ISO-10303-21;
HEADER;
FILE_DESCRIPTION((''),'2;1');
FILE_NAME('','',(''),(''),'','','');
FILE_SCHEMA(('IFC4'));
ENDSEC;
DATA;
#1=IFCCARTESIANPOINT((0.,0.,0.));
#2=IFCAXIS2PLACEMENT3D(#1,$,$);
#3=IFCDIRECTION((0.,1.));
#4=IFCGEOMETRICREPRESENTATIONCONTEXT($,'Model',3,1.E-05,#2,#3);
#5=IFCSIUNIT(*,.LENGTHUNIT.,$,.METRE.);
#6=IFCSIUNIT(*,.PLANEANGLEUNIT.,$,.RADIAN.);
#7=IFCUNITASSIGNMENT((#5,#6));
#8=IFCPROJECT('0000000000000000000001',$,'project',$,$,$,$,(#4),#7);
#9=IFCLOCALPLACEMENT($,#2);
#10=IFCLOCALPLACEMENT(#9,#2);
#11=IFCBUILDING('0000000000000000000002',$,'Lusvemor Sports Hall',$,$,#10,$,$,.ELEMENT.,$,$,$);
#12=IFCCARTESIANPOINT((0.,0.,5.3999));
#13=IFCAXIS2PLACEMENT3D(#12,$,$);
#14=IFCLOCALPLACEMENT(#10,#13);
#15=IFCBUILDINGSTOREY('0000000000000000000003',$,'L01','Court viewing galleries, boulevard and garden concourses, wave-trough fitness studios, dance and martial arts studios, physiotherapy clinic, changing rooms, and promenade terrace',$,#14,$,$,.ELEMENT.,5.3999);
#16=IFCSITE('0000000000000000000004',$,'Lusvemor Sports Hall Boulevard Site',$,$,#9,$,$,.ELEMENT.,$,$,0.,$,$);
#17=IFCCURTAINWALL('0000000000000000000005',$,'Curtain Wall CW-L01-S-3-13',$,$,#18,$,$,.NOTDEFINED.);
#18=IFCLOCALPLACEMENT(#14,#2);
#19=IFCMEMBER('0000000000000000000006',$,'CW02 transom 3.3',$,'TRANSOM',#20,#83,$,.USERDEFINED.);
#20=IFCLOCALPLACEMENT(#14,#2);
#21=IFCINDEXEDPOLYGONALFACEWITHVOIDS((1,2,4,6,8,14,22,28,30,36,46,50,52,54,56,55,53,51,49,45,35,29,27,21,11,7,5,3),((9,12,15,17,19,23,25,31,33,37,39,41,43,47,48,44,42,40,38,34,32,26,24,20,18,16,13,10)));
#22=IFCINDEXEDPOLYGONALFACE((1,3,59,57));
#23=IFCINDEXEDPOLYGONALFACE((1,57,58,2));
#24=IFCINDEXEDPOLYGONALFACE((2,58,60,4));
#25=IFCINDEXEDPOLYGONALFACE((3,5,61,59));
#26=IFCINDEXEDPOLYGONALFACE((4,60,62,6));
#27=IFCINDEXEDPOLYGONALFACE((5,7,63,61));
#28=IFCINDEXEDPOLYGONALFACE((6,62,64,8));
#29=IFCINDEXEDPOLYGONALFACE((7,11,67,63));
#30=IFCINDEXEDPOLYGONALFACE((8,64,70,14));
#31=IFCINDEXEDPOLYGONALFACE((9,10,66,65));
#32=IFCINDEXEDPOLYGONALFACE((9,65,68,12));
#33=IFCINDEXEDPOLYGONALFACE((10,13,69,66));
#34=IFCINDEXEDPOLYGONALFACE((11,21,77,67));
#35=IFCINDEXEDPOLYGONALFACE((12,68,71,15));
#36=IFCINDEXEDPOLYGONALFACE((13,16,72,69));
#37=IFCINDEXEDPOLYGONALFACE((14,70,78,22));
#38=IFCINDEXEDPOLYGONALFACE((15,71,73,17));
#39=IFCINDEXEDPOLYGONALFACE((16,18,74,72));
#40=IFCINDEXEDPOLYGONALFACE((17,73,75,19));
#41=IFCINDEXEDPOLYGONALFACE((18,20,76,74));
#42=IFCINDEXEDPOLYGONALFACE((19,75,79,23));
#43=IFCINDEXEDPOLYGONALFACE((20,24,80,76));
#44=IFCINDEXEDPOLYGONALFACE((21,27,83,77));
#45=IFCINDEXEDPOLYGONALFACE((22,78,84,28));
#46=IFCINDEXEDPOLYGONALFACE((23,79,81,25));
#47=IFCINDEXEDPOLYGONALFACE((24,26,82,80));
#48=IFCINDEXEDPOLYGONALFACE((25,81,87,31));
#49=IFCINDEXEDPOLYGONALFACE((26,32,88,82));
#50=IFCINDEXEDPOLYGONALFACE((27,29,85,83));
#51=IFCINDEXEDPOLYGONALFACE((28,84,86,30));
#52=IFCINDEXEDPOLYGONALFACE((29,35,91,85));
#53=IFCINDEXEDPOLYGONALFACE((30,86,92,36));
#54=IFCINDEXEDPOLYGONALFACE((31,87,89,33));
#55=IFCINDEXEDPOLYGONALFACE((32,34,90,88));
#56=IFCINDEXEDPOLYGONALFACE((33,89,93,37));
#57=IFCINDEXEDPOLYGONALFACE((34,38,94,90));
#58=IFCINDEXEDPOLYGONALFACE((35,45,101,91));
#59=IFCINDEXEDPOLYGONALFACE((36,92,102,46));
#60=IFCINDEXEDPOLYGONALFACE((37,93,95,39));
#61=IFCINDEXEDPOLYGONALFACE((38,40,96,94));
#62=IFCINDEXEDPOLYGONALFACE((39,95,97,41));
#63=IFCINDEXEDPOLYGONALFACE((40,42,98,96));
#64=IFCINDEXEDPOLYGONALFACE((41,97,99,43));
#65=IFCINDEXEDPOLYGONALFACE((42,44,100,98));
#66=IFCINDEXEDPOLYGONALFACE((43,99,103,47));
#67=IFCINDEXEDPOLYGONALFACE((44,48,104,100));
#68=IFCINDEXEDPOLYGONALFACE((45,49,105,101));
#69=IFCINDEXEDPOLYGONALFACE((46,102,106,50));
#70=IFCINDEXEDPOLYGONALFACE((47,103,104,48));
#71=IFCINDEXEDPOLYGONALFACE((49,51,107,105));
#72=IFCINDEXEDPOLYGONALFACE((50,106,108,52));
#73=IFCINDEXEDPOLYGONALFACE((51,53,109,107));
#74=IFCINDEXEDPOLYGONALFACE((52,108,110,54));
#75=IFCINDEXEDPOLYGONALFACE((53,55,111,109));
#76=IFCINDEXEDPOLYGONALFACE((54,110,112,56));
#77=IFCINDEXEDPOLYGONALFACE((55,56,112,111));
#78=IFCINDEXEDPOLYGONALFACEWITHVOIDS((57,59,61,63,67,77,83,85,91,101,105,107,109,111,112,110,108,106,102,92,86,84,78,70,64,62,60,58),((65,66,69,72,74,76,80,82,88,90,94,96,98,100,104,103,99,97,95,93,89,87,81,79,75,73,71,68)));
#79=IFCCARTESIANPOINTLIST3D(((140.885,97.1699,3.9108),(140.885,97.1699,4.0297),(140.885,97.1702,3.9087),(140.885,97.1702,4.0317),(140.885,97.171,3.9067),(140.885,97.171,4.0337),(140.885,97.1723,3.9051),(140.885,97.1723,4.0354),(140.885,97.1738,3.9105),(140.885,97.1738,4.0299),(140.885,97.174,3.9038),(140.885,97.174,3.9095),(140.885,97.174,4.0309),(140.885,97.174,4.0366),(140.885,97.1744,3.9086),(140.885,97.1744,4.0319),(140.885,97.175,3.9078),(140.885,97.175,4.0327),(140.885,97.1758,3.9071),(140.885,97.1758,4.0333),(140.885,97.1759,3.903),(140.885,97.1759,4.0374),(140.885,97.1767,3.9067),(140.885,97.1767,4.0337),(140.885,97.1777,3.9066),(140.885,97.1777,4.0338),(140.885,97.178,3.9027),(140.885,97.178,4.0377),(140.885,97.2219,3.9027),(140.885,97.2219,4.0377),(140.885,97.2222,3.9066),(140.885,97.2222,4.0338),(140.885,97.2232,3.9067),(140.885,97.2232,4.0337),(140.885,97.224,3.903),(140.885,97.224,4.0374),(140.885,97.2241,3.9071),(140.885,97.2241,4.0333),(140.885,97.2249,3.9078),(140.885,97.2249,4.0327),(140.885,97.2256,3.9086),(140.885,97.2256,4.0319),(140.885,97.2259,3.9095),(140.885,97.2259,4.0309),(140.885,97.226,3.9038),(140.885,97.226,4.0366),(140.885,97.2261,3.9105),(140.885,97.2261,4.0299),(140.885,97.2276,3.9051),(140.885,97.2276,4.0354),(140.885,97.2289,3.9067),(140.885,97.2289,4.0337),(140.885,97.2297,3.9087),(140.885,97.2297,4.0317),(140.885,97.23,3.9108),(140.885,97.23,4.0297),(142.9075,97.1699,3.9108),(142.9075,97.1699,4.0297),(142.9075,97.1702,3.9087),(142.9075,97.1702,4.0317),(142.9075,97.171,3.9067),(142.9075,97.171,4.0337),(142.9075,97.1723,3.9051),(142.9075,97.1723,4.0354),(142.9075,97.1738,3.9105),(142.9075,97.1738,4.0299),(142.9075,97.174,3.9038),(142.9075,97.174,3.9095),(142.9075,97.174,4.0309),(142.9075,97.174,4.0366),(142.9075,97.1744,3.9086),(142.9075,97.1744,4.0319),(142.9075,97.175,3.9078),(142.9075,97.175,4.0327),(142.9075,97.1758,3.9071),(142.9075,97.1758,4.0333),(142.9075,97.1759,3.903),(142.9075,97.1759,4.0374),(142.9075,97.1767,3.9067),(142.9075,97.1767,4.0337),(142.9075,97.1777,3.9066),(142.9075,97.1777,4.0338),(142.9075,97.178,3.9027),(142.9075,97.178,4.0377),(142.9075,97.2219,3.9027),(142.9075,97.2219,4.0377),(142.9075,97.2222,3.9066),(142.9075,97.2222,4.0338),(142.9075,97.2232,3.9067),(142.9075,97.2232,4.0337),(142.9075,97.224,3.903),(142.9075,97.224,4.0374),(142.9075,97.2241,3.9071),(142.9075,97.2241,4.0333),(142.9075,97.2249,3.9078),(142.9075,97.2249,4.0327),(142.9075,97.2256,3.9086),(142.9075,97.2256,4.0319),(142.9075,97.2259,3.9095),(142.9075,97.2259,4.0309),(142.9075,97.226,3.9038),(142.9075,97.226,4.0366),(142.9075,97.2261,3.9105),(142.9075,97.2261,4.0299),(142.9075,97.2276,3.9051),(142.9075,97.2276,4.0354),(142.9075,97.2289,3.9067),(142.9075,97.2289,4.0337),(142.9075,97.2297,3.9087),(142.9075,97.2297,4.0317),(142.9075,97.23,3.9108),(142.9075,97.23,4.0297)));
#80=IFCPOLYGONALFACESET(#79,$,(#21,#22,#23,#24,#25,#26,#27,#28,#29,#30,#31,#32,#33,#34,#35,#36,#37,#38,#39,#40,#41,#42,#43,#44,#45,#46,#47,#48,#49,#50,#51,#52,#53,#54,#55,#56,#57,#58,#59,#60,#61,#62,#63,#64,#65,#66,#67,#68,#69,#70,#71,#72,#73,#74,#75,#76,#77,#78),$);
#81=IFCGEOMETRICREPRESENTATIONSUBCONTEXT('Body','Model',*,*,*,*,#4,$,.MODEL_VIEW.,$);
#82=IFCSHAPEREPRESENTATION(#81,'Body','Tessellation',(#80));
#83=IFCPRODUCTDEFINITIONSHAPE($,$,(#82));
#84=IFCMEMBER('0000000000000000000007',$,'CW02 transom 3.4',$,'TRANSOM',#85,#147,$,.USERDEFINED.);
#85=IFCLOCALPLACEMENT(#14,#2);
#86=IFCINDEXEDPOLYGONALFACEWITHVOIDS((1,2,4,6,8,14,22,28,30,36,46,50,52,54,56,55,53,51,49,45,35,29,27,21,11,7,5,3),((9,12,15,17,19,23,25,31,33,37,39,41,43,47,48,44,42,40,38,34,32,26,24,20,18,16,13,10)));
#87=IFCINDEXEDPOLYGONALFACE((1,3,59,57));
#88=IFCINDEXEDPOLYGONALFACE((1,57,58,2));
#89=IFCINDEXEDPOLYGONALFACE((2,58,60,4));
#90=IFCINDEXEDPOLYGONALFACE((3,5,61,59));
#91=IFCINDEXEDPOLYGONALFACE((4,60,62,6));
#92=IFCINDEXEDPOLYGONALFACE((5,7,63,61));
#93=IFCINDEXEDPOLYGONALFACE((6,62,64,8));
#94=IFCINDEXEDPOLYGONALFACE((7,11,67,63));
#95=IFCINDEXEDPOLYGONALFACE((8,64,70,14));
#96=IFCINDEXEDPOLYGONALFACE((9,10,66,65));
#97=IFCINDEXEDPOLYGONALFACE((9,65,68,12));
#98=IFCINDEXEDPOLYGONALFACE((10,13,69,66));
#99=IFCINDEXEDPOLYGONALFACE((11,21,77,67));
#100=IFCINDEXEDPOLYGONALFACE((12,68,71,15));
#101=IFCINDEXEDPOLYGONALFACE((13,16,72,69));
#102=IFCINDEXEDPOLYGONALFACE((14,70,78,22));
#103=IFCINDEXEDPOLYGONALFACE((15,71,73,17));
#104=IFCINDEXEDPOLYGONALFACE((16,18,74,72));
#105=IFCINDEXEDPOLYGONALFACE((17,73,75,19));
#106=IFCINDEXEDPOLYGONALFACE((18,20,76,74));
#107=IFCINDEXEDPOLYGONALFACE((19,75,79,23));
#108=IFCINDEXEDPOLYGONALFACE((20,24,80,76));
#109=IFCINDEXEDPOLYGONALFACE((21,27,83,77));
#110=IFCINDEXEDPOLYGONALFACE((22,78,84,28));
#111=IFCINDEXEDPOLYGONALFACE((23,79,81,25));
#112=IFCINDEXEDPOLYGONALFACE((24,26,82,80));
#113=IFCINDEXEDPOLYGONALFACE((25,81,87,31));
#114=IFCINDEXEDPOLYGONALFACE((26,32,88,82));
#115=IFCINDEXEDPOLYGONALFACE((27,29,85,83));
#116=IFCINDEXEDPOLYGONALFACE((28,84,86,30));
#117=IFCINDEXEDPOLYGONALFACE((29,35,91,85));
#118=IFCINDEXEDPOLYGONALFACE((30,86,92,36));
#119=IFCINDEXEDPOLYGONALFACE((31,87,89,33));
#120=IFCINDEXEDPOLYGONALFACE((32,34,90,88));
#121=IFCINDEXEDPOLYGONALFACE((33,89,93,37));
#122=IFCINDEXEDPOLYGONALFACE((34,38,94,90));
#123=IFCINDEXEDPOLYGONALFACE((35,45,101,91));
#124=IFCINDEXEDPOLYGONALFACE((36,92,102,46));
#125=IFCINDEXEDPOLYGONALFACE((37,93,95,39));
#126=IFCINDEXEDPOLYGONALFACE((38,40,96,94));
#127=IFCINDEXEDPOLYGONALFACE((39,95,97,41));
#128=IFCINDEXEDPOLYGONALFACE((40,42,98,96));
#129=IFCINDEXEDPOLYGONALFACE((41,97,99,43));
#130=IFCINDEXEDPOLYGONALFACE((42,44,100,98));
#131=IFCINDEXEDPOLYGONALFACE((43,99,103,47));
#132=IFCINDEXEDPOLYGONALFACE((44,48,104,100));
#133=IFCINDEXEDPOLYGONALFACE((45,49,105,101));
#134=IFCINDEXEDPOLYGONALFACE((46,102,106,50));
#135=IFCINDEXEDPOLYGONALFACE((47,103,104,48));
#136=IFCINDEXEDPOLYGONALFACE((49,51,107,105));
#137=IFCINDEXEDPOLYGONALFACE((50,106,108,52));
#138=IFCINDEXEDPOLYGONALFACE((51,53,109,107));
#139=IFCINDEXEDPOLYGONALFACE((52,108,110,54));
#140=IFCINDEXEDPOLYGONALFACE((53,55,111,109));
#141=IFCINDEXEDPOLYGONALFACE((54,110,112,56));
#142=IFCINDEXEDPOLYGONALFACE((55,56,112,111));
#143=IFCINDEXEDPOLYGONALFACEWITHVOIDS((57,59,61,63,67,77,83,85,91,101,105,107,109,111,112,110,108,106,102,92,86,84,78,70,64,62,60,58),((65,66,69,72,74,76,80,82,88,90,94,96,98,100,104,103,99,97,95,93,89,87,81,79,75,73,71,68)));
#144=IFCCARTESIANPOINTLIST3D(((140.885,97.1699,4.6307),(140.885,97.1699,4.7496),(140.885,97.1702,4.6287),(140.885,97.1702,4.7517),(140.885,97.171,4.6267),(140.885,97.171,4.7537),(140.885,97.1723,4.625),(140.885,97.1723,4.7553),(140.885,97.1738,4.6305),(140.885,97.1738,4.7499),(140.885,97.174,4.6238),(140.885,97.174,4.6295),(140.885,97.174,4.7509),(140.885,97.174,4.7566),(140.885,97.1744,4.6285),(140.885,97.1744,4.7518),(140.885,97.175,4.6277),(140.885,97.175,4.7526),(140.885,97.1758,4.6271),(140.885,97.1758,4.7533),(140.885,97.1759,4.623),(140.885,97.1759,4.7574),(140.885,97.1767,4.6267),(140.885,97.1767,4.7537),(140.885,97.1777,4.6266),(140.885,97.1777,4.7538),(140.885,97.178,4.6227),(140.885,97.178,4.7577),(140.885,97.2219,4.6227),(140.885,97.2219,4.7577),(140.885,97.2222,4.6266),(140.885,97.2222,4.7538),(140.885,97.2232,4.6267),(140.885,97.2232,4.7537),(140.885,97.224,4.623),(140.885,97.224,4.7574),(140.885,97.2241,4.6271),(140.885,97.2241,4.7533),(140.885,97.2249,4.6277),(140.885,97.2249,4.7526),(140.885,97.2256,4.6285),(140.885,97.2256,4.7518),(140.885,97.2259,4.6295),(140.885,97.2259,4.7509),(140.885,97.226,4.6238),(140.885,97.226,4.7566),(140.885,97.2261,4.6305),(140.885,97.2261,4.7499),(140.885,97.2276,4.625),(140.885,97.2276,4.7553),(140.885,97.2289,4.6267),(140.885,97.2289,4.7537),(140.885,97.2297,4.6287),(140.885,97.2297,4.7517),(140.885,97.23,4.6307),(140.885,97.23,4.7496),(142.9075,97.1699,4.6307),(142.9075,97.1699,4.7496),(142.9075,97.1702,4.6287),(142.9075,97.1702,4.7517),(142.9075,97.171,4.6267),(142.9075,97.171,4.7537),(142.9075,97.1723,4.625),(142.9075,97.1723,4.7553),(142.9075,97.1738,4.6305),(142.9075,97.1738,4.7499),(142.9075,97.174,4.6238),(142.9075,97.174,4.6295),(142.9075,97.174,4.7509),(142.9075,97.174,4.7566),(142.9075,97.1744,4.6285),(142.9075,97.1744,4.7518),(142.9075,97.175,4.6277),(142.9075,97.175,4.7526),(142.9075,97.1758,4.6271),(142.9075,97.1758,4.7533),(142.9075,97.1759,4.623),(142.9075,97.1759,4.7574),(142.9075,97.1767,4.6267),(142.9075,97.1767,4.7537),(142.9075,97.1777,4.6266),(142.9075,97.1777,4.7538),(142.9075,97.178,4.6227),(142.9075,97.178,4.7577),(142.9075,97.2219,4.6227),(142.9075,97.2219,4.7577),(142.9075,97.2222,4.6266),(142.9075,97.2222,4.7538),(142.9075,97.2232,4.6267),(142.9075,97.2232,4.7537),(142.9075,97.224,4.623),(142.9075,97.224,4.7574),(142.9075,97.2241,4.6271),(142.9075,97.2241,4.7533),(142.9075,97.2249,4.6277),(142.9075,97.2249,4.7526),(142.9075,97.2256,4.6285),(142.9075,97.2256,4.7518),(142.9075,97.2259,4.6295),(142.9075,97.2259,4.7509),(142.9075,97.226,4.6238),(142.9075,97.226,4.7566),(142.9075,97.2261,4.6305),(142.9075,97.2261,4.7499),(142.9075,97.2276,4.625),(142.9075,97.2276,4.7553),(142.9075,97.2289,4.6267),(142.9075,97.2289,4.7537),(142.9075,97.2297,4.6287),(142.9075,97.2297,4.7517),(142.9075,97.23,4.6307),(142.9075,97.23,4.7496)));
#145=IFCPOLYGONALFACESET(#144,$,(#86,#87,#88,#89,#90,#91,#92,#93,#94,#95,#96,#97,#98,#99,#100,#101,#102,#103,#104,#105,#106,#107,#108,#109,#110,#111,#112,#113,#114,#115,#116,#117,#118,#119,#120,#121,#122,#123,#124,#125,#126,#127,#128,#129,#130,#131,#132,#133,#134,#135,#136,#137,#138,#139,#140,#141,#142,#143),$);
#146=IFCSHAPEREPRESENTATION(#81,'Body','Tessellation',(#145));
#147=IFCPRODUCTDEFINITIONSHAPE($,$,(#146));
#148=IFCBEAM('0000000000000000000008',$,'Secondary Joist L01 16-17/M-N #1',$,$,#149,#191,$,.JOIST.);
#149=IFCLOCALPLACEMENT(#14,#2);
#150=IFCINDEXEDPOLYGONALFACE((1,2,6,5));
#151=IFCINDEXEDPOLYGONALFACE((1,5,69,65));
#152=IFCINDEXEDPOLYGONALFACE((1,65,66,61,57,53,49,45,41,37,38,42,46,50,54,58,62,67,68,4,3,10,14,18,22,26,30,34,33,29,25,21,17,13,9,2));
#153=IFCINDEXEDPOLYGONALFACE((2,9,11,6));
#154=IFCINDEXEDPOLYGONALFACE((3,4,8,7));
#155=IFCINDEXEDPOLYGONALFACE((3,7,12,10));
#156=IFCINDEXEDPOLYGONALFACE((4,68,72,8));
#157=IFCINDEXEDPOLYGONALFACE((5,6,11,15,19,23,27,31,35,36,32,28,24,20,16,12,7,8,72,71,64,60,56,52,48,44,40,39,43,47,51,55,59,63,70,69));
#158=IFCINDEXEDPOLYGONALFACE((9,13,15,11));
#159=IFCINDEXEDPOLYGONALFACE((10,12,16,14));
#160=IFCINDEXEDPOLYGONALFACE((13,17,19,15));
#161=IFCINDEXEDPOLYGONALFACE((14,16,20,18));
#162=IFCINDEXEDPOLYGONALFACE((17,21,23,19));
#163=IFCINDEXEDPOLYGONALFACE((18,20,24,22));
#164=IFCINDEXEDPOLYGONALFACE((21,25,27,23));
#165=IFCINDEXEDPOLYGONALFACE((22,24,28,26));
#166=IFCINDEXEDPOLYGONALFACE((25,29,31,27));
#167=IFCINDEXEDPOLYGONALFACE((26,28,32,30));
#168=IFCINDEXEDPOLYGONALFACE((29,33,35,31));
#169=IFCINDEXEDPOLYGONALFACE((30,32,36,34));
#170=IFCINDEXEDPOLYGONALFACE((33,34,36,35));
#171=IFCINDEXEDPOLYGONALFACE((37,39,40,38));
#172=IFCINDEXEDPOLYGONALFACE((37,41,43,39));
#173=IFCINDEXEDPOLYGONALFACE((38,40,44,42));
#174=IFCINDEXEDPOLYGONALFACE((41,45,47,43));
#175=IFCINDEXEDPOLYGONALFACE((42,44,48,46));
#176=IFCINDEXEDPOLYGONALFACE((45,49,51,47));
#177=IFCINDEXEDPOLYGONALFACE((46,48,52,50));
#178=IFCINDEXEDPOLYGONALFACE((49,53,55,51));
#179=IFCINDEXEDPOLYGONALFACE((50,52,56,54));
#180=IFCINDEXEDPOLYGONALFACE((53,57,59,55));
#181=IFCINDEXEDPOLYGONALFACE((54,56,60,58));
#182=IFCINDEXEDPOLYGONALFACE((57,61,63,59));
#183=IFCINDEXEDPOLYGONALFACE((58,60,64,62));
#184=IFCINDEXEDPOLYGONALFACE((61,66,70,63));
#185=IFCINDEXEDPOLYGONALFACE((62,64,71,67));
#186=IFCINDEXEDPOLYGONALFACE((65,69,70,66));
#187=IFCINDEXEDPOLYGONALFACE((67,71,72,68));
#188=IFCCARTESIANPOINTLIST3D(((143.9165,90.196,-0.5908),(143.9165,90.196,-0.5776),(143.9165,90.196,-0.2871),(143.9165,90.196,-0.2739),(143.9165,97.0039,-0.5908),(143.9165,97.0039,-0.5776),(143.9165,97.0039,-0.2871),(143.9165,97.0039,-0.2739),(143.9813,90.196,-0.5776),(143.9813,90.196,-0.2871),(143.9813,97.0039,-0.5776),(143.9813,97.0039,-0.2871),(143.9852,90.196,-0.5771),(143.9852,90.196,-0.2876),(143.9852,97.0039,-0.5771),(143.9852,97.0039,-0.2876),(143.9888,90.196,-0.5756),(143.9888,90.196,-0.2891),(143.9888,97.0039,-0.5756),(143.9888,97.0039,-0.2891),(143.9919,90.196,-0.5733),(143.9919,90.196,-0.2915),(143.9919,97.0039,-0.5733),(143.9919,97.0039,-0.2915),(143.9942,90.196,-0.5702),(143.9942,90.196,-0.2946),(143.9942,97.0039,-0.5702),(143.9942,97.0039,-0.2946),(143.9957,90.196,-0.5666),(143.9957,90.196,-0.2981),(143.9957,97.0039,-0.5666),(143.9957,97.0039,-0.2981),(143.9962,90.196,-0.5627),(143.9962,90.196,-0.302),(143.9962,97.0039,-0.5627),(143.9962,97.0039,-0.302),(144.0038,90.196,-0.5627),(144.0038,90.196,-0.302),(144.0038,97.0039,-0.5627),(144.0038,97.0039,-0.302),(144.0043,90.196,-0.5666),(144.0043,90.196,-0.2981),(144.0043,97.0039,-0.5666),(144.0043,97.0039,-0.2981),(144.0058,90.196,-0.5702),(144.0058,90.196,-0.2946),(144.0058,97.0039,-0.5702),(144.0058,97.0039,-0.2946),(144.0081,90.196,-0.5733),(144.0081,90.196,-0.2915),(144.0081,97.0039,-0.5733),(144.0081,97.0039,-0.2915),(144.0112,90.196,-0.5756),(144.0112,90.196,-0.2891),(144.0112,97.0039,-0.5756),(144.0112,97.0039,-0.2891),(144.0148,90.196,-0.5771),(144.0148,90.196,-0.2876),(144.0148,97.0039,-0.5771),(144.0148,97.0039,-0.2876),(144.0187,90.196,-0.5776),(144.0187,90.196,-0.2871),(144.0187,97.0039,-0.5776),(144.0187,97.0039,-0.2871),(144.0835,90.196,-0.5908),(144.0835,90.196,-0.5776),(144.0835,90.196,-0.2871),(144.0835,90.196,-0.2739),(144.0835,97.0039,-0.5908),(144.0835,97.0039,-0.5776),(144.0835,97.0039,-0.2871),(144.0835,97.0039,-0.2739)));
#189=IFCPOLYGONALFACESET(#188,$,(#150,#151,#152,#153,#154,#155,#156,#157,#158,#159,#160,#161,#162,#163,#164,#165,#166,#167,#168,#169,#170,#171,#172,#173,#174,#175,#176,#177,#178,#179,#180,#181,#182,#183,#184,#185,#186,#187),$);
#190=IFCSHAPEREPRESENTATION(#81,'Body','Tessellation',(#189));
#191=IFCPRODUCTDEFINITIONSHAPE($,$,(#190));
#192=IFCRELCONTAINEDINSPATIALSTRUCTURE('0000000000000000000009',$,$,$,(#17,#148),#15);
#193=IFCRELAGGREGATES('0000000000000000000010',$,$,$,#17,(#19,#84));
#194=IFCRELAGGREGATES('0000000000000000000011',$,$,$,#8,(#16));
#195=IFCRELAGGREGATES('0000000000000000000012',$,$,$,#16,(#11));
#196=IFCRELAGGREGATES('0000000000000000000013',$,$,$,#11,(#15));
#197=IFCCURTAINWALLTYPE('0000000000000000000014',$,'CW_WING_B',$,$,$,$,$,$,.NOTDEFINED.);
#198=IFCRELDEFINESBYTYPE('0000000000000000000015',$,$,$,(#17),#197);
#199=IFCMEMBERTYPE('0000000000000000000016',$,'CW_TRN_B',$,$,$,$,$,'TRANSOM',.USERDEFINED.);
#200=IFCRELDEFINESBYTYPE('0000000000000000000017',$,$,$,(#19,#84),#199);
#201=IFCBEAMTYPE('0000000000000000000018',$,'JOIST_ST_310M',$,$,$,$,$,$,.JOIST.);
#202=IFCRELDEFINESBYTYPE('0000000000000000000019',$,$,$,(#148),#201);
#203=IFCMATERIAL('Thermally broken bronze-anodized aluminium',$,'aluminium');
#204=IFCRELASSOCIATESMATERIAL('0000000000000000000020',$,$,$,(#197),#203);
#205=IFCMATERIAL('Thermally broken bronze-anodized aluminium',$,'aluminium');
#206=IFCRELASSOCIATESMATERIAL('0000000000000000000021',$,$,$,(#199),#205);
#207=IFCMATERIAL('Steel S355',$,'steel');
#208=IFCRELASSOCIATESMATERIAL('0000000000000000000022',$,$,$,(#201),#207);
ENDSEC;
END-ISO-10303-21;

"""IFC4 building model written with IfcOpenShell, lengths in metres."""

from ifc_helpers import new_model, si_unit, direction, frame, origin, origin_2d, place, context, subcontext, project, spatial, hollow_rectangle, i_section, extrude, material, material_profile, profile_set, type_object, element, aggregate, save


model = new_model("IFC4")

# Units and contexts
model_context = context("Model", 3, precision=1e-05, world=origin(), true_north=direction((0.0, 1.0)))
body_context = subcontext(model_context, "Body", "Model", "MODEL_VIEW")
ifc_project = project(units=[si_unit("LENGTHUNIT", "METRE"), si_unit("PLANEANGLEUNIT", "RADIAN")], contexts=[model_context])

# Site, building, storey
site_placement = place(None, origin())
site = spatial("IfcSite", under=ifc_project, at=site_placement, Name="Lusvemor Sports Hall Boulevard Site", CompositionType="ELEMENT", RefElevation=0.0)
building_placement = place(site_placement, origin())
building = spatial("IfcBuilding", under=site, at=building_placement, Name="Lusvemor Sports Hall", CompositionType="ELEMENT")
storey_placement = place(building_placement, frame((0.0, 0.0, 5.3999)))
storey = spatial("IfcBuildingStorey", under=building, at=storey_placement, Name="L01", Description="Court viewing galleries, boulevard and garden concourses, wave-trough fitness studios, dance and martial arts studios, physiotherapy clinic, changing rooms, and promenade terrace", CompositionType="ELEMENT", Elevation=5.3999)

# Curtain wall, members
ifc_material_1 = material(Name="Thermally broken bronze-anodized aluminium", Category="aluminium")
curtain_wall_type = type_object("IfcCurtainWallType", Name="CW_WING_B", PredefinedType="NOTDEFINED", material=ifc_material_1)
curtain_wall_placement = place(storey_placement, origin())
curtain_wall = element("IfcCurtainWall", 1, at=curtain_wall_placement, inside=storey, type_object=curtain_wall_type, Name="Curtain Wall CW-L01-S-3-13", PredefinedType="NOTDEFINED")
ifc_material_2 = material(Name="Thermally broken bronze-anodized aluminium", Category="aluminium")
ifc_material_profile_1 = material_profile(ifc_material_2, hollow_rectangle(XDim=0.0601, YDim=0.135, WallThickness=0.0039, InnerFilletRadius=0.0039, OuterFilletRadius=0.0081, at=origin_2d()), Name="CWTRN135x60x4")
ifc_profile_set_1 = profile_set([ifc_material_profile_1], Name="Thermally broken bronze-anodized aluminium")
member_type_1 = type_object("IfcMemberType", Name="CW_TRN_B", ElementType="TRANSOM", PredefinedType="USERDEFINED", material=ifc_profile_set_1)
member_1_placement = place(storey_placement, frame((142.9075, 97.2, 3.9702), z_axis=(-1.0, 0.0, 0.0), x_axis=(0.0, -1.0, 0.0)))
member_1 = element("IfcMember", 2, at=member_1_placement, type_object=member_type_1, Name="CW02 transom 3.3", ObjectType="TRANSOM", PredefinedType="USERDEFINED", context=body_context, shape_type="SweptSolid", body=[
    extrude(hollow_rectangle(XDim=0.0601, YDim=0.135, WallThickness=0.0039, InnerFilletRadius=0.0039, OuterFilletRadius=0.0081, at=origin_2d()), origin(), (0.0, 0.0, 1.0), 2.0225),
])
member_2_placement = place(storey_placement, frame((142.9075, 97.2, 4.6902), z_axis=(-1.0, 0.0, 0.0), x_axis=(0.0, -1.0, 0.0)))
member_2 = element("IfcMember", 3, at=member_2_placement, type_object=member_type_1, Name="CW02 transom 3.4", ObjectType="TRANSOM", PredefinedType="USERDEFINED", context=body_context, shape_type="SweptSolid", body=[
    extrude(hollow_rectangle(XDim=0.0601, YDim=0.135, WallThickness=0.0039, InnerFilletRadius=0.0039, OuterFilletRadius=0.0081, at=origin_2d()), origin(), (0.0, 0.0, 1.0), 2.0225),
])

# Beam
ifc_material_3 = material(Name="Steel S355", Category="steel")
ifc_material_profile_2 = material_profile(ifc_material_3, i_section(OverallWidth=0.167, OverallDepth=0.3169, WebThickness=0.0076, FlangeThickness=0.0132, FilletRadius=0.0149, at=origin_2d()), Name="W310x52.0")
ifc_profile_set_2 = profile_set([ifc_material_profile_2], Name="Steel S355")
beam_type_1 = type_object("IfcBeamType", Name="JOIST_ST_310M", PredefinedType="JOIST", material=ifc_profile_set_2)
beam_1_placement = place(storey_placement, frame((144.0, 90.196, -0.4324), z_axis=(0.0, 1.0, 0.0), x_axis=(-1.0, 0.0, 0.0)))
element("IfcBeam", 4, at=beam_1_placement, inside=storey, type_object=beam_type_1, Name="Secondary Joist L01 16-17/M-N #1", PredefinedType="JOIST", context=body_context, shape_type="SweptSolid", body=[
    extrude(i_section(OverallWidth=0.167, OverallDepth=0.3169, WebThickness=0.0076, FlangeThickness=0.0132, FilletRadius=0.0149, at=origin_2d()), origin(), (0.0, 0.0, 1.0), 6.8079),
])

aggregate(curtain_wall, [member_1, member_2])

save(model, "model.ifc")
